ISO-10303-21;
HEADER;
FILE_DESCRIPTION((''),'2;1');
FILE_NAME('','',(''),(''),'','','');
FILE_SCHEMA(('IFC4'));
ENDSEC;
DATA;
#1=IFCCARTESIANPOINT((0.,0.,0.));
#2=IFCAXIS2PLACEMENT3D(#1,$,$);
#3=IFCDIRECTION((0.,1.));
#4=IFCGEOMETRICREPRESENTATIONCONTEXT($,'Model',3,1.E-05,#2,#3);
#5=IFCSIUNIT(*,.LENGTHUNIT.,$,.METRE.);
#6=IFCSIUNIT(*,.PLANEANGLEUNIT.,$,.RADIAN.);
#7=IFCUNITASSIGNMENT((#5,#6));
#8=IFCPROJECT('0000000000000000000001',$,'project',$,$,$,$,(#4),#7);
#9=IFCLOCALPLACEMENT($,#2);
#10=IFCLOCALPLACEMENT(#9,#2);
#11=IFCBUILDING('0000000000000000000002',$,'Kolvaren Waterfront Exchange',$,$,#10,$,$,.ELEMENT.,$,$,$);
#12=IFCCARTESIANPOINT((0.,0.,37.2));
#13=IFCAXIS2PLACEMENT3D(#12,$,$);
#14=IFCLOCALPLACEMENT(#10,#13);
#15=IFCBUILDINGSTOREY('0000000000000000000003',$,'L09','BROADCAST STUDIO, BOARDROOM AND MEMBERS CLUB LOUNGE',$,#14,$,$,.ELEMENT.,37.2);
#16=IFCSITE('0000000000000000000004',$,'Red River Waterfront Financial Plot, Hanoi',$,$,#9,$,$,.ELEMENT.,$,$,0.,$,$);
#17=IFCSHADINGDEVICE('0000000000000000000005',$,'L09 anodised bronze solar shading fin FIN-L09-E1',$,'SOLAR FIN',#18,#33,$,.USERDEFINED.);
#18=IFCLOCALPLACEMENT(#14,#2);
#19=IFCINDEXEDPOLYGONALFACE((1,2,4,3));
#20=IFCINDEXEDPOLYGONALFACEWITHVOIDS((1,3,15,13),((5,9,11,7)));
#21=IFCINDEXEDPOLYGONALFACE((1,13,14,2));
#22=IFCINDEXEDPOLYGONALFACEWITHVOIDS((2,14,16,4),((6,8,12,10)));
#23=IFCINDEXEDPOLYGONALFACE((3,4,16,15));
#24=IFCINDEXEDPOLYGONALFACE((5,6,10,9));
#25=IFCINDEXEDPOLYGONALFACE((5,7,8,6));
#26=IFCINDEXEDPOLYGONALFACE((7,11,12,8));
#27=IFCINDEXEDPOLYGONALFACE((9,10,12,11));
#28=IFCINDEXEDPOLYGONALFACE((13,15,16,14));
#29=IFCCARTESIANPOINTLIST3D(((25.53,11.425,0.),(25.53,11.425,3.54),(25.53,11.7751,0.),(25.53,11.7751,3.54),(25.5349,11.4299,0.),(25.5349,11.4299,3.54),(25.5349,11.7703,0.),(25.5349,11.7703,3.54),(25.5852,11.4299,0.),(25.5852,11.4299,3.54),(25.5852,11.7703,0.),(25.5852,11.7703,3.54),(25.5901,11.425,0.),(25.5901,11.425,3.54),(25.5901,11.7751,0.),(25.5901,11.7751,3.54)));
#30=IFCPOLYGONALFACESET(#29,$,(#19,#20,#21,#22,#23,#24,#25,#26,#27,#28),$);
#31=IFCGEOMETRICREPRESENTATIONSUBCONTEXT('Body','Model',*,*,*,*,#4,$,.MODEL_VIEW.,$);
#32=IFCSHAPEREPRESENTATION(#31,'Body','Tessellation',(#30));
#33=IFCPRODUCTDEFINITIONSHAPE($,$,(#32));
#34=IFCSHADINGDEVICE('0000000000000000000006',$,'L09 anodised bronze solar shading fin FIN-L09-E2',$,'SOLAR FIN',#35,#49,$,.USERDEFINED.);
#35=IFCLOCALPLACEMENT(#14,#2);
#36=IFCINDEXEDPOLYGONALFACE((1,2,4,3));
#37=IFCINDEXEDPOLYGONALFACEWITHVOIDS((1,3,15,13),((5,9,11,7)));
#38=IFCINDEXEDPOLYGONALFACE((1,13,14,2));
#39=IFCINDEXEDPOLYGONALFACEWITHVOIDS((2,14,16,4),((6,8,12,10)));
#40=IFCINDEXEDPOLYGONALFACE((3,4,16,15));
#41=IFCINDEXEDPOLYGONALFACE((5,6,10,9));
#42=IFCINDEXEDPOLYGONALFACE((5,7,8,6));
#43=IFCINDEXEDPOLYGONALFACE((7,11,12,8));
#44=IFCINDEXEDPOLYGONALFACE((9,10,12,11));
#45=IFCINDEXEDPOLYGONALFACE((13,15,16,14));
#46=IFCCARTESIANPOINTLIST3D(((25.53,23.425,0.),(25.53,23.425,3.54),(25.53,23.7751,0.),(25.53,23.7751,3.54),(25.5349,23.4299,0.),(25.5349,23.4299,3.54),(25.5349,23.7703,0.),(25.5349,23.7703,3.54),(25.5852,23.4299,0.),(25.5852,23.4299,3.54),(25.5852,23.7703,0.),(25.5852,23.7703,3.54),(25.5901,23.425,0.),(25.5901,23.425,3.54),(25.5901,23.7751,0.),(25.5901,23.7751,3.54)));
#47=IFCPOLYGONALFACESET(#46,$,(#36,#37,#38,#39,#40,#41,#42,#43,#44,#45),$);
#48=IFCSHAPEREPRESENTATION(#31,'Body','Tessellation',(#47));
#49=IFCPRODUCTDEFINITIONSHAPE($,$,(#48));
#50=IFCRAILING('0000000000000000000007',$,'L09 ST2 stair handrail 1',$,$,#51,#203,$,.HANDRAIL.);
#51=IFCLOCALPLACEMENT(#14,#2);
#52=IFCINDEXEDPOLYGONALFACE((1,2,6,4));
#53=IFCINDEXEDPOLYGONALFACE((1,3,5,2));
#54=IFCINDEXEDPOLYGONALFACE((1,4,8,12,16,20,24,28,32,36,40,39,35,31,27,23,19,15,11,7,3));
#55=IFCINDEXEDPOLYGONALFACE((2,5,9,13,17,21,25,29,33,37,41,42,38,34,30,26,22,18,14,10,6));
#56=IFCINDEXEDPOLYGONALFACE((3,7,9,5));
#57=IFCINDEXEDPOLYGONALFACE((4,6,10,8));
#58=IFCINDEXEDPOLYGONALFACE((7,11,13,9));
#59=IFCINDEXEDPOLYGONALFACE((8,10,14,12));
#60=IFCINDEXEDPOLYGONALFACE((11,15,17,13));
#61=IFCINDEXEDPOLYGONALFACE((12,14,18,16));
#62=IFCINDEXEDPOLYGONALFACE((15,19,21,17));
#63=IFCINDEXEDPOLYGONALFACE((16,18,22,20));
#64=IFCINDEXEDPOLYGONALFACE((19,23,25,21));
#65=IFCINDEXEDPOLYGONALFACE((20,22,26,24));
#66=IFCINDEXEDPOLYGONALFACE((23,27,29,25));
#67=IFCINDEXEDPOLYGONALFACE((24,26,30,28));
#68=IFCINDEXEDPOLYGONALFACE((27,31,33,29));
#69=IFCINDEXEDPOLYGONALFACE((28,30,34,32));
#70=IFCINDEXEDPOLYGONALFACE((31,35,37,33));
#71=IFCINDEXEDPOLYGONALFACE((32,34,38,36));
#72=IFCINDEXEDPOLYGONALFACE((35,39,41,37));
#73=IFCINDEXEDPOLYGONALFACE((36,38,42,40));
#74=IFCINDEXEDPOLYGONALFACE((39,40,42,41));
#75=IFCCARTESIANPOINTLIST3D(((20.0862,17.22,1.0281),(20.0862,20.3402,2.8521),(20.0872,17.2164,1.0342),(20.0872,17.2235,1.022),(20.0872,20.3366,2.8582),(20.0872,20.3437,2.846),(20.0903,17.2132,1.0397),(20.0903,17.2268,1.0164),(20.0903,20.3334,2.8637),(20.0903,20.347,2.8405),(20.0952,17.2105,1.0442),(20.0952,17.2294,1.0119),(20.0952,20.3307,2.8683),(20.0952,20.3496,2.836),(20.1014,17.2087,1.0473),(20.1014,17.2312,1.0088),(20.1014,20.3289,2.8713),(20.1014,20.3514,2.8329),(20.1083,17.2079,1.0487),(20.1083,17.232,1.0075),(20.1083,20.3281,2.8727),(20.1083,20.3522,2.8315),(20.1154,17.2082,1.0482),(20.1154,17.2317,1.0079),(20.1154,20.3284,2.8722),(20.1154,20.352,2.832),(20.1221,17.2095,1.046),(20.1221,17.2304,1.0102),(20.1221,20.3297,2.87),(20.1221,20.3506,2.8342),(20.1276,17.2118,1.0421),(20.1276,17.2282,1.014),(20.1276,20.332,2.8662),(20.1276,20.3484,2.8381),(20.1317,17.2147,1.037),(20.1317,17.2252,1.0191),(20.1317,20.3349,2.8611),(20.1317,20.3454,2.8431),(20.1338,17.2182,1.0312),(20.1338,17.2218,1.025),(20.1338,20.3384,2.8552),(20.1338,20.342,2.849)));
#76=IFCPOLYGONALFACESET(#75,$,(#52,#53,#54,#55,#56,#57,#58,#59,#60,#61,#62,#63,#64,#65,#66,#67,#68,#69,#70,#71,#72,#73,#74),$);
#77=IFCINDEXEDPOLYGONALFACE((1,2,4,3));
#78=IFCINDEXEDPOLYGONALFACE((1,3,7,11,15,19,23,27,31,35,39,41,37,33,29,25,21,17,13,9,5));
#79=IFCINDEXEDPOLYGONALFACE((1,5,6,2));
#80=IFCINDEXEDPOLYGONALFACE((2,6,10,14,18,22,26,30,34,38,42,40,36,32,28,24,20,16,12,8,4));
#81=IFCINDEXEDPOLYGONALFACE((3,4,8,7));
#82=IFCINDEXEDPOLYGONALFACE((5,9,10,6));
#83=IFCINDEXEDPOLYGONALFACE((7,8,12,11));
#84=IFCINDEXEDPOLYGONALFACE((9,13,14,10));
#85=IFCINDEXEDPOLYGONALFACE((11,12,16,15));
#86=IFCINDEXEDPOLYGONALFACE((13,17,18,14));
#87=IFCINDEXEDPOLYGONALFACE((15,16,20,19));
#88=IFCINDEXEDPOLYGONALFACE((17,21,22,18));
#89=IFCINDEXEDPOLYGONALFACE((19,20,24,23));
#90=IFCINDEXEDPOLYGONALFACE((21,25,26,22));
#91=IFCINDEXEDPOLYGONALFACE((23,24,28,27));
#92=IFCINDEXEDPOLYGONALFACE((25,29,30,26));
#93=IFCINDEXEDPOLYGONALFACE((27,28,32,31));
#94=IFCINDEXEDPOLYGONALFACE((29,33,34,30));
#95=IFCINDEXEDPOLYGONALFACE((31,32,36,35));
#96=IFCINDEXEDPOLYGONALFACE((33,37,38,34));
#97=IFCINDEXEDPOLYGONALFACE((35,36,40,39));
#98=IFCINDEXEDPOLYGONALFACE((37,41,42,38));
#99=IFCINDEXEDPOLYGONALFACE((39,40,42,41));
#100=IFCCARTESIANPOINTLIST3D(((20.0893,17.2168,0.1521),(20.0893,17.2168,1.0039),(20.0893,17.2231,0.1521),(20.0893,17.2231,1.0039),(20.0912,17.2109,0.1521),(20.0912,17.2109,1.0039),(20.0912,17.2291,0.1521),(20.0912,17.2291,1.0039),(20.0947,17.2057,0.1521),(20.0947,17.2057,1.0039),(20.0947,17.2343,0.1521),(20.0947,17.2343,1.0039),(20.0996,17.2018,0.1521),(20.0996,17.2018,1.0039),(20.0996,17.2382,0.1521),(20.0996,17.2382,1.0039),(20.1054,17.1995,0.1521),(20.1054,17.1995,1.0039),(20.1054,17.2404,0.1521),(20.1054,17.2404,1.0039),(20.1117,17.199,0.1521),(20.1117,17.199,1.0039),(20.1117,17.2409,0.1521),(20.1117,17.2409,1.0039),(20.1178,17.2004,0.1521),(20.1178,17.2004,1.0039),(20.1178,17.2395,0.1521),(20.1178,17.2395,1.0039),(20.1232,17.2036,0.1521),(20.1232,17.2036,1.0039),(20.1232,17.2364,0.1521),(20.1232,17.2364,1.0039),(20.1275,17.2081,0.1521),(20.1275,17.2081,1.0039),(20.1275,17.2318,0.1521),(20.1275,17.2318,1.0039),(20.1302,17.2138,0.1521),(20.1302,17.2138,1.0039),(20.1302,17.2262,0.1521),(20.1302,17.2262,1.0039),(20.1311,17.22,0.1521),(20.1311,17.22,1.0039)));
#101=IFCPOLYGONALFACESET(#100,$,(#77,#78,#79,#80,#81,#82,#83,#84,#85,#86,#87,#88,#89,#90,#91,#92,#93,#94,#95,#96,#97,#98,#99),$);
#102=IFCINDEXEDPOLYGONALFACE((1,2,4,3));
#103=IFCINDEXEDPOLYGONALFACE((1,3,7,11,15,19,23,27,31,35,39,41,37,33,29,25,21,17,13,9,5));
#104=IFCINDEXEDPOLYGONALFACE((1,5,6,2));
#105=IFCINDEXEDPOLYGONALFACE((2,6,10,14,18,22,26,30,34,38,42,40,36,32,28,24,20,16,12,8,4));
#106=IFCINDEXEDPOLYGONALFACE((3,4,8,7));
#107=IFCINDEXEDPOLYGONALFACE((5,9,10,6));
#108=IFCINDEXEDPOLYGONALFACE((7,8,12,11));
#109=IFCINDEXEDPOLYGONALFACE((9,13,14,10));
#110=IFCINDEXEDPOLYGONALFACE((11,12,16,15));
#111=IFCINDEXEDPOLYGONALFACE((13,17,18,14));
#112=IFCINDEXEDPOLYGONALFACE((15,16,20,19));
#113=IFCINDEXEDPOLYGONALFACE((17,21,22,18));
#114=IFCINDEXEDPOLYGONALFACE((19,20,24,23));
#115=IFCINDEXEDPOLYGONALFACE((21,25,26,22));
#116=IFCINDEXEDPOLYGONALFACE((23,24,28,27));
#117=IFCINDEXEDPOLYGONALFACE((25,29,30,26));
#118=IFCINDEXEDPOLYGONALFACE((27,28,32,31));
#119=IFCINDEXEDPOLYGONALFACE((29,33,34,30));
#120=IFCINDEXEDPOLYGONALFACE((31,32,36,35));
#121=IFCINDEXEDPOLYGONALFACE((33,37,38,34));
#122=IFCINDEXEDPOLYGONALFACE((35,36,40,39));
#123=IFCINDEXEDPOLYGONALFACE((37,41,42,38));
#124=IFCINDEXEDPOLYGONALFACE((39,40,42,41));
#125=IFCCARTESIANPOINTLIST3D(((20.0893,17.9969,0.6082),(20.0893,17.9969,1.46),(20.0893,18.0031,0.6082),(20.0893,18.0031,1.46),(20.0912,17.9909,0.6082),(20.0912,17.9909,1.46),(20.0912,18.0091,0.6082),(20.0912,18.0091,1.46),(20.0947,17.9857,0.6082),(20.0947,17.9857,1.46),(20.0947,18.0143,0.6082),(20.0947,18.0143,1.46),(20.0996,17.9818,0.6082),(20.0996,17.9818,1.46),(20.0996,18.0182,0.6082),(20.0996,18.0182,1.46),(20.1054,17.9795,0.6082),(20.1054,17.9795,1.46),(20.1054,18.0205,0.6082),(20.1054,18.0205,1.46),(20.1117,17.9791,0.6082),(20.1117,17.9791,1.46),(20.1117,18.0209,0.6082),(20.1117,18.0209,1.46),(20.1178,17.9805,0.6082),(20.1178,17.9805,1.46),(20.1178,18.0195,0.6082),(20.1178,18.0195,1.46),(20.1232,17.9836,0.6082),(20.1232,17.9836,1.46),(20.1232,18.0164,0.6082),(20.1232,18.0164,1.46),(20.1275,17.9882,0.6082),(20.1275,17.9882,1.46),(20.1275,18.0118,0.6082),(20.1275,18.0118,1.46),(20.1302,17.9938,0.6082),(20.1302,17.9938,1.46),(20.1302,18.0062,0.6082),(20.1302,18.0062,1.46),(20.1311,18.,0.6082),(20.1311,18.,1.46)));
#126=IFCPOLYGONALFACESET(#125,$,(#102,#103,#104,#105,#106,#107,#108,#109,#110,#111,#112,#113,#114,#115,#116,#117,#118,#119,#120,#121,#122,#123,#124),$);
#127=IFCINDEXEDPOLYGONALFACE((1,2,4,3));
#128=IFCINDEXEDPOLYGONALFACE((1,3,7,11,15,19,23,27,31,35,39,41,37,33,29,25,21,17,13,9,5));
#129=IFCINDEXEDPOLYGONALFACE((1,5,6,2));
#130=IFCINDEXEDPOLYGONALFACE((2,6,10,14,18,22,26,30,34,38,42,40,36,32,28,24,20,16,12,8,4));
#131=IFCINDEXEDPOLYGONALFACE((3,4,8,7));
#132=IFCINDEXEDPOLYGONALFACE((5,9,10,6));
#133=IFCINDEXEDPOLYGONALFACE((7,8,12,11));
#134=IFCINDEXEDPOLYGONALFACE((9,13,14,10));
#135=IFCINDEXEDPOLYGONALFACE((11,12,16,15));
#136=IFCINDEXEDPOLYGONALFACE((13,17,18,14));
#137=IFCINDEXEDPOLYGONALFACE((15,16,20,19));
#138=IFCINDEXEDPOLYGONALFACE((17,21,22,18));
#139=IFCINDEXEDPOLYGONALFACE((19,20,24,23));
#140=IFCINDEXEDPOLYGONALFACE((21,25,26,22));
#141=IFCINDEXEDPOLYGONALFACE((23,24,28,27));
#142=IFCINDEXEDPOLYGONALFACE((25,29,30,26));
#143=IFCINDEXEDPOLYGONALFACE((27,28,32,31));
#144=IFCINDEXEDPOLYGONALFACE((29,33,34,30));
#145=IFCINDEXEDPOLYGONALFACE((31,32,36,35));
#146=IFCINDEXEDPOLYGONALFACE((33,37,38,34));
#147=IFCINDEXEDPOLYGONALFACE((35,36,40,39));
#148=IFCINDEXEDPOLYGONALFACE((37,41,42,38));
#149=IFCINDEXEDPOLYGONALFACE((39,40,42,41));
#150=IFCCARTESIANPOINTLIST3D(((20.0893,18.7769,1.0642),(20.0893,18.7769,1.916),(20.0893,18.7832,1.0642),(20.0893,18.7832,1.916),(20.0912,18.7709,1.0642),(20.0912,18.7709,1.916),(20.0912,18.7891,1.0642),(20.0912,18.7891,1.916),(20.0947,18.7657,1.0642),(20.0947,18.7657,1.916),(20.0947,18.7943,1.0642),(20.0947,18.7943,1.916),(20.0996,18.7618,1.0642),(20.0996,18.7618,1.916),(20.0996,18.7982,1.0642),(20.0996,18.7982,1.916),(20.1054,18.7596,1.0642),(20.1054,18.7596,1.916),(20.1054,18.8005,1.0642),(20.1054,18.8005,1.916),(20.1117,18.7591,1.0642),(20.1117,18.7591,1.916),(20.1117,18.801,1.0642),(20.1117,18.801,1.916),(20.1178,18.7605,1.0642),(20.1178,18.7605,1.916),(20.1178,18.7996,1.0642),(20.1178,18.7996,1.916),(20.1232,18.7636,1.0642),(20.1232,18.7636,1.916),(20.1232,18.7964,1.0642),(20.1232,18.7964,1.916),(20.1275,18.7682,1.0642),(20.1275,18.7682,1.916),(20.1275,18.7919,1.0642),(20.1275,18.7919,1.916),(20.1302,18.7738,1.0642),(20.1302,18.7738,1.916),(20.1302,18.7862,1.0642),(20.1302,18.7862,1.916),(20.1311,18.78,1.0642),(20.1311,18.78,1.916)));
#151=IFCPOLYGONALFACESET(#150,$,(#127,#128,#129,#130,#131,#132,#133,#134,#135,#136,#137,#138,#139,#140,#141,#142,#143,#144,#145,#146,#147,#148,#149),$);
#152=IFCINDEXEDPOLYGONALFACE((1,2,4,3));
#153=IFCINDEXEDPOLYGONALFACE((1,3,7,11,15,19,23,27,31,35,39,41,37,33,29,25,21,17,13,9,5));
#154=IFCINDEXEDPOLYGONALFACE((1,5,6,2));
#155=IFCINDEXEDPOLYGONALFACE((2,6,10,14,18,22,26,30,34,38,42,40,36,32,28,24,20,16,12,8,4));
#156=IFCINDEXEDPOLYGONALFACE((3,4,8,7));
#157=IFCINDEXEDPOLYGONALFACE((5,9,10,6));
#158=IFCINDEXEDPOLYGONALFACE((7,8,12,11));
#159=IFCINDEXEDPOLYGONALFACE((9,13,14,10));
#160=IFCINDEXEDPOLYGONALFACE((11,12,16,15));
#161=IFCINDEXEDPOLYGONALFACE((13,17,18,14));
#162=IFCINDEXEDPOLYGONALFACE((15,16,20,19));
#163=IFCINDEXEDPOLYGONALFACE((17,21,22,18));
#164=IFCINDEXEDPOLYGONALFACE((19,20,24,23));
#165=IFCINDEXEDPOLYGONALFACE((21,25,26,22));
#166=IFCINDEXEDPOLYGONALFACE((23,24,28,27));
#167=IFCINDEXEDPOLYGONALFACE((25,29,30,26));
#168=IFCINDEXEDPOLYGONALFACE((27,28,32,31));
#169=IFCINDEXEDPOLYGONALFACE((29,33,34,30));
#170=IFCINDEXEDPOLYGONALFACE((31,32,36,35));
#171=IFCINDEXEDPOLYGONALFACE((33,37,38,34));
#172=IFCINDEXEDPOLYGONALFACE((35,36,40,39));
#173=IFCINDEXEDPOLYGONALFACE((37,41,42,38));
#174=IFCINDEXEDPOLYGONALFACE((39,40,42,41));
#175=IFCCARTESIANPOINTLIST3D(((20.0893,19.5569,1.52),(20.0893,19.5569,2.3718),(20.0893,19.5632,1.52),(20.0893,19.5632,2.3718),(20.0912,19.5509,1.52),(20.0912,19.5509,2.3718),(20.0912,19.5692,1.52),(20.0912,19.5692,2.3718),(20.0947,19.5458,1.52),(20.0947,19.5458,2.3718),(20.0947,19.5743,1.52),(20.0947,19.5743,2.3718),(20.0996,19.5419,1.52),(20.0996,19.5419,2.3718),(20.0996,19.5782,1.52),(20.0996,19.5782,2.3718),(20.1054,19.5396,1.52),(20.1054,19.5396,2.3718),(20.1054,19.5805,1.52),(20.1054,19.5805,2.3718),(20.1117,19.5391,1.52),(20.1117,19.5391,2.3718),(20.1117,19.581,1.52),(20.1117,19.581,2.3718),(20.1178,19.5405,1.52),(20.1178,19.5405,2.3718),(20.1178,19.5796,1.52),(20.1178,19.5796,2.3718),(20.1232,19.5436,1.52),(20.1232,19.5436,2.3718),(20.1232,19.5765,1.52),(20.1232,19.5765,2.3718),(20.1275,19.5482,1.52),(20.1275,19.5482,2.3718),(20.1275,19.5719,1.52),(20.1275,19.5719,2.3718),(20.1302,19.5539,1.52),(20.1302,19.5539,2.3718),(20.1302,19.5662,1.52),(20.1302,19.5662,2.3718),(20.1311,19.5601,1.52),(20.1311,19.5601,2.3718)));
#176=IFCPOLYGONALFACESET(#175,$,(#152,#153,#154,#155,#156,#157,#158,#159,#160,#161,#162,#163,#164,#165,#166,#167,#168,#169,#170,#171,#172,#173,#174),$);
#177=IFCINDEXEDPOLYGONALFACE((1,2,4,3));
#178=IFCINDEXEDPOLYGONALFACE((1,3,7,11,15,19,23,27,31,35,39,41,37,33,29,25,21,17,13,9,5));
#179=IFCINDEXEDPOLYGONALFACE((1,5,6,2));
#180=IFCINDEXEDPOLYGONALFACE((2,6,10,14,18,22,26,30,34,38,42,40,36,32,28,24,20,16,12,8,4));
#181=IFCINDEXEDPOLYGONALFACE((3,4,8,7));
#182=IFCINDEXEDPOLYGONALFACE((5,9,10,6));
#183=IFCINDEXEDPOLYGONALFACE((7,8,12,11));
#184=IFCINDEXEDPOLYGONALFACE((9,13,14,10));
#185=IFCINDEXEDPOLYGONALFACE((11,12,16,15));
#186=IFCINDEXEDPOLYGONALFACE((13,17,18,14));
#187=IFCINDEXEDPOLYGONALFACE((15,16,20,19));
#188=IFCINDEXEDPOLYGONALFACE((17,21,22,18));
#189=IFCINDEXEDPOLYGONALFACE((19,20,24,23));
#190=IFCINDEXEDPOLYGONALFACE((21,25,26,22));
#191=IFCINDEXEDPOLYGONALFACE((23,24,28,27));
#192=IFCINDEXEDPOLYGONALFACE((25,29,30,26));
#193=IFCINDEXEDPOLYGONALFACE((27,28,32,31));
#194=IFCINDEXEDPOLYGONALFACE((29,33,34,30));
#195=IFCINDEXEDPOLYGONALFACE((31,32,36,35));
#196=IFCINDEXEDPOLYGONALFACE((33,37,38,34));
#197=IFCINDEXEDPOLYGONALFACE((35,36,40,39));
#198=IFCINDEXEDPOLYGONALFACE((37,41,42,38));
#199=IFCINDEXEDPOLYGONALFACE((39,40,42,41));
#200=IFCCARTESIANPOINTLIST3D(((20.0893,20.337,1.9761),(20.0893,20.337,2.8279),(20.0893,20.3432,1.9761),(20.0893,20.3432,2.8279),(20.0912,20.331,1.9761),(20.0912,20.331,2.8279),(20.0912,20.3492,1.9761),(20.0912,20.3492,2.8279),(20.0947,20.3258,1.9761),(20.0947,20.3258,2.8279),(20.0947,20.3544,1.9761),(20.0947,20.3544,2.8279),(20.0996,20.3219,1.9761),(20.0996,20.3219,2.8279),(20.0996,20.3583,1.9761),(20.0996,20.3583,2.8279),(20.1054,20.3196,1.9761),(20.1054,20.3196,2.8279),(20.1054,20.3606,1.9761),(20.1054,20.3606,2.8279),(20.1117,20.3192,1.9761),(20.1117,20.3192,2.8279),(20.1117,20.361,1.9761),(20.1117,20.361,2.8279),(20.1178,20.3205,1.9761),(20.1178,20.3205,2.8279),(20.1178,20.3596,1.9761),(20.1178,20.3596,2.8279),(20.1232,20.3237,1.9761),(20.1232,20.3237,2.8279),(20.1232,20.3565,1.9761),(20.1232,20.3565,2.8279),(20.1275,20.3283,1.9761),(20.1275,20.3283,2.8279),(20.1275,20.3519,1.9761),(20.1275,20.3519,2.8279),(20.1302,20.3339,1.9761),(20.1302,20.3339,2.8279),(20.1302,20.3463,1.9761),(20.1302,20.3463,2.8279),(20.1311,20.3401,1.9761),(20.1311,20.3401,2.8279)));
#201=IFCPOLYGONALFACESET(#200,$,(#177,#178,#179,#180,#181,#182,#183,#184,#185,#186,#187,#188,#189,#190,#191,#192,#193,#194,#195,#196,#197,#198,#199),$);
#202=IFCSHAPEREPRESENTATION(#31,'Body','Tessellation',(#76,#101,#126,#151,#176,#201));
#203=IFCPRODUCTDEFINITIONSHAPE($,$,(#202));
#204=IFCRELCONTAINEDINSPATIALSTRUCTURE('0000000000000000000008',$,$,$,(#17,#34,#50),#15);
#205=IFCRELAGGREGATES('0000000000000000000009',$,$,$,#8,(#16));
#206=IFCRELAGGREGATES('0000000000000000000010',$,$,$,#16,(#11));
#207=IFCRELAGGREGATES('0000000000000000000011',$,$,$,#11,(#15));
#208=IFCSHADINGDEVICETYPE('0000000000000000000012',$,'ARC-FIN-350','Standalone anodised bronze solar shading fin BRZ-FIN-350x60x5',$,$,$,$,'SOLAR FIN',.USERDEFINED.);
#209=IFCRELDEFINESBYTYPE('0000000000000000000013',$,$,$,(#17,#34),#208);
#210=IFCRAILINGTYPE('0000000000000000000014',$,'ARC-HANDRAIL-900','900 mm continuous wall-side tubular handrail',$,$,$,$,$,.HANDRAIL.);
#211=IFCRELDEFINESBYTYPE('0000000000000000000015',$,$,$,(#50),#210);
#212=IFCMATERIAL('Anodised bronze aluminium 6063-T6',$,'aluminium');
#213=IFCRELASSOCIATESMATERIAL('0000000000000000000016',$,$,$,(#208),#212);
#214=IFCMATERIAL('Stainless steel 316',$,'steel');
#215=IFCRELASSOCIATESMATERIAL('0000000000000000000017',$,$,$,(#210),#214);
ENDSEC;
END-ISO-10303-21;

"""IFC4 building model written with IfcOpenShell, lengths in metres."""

from ifc_helpers import new_model, si_unit, direction, frame, origin, origin_2d, place, context, subcontext, project, spatial, hollow_rectangle, circle, extrude, material, material_profile, profile_set, type_object, element, save


model = new_model("IFC4")

# Units and contexts
model_context = context("Model", 3, precision=1e-05, world=origin(), true_north=direction((0.0, 1.0)))
body_context = subcontext(model_context, "Body", "Model", "MODEL_VIEW")
ifc_project = project(units=[si_unit("LENGTHUNIT", "METRE"), si_unit("PLANEANGLEUNIT", "RADIAN")], contexts=[model_context])

# Site, building, storey
site_placement = place(None, origin())
site = spatial("IfcSite", under=ifc_project, at=site_placement, Name="Red River Waterfront Financial Plot, Hanoi", CompositionType="ELEMENT", RefElevation=0.0)
building_placement = place(site_placement, origin())
building = spatial("IfcBuilding", under=site, at=building_placement, Name="Kolvaren Waterfront Exchange", CompositionType="ELEMENT")
storey_placement = place(building_placement, frame((0.0, 0.0, 37.2)))
storey = spatial("IfcBuildingStorey", under=building, at=storey_placement, Name="L09", Description="BROADCAST STUDIO, BOARDROOM AND MEMBERS CLUB LOUNGE", CompositionType="ELEMENT", Elevation=37.2)

# Shading devices
ifc_material_1 = material(Name="Anodised bronze aluminium 6063-T6", Category="aluminium")
ifc_material_profile_1 = material_profile(ifc_material_1, hollow_rectangle(XDim=0.0601, YDim=0.3501, WallThickness=0.0049, at=origin_2d()), Name="BRZ-FIN-350x60x5")
ifc_profile_set_1 = profile_set([ifc_material_profile_1], Name="Anodised bronze aluminium 6063-T6")
shading_device_type = type_object("IfcShadingDeviceType", Name="ARC-FIN-350", Description="Standalone anodised bronze solar shading fin BRZ-FIN-350x60x5", ElementType="SOLAR FIN", PredefinedType="USERDEFINED", material=ifc_profile_set_1)
for number, where, z_axis, x_axis, name in (
    (1, (25.5601, 11.6001, 0.0), (0.0, 0.0, 1.0), (1.0, 0.0, 0.0), "L09 anodised bronze solar shading fin FIN-L09-E1"),
    (2, (25.5601, 23.6001, 0.0), (0.0, 0.0, 1.0), (1.0, 0.0, 0.0), "L09 anodised bronze solar shading fin FIN-L09-E2"),
):
    element("IfcShadingDevice", number, at=place(storey_placement, frame(where, z_axis=z_axis, x_axis=x_axis)), inside=storey, type_object=shading_device_type, Name=name, ObjectType="SOLAR FIN", PredefinedType="USERDEFINED", context=body_context, shape_type="SweptSolid", body=[
        extrude(hollow_rectangle(XDim=0.0601, YDim=0.3501, WallThickness=0.0049, at=origin_2d()), origin(), (0.0, 0.0, 1.0), 3.54),
    ])

# Railing
ifc_material_2 = material(Name="Stainless steel 316", Category="steel")
railing_type = type_object("IfcRailingType", Name="ARC-HANDRAIL-900", Description="900 mm continuous wall-side tubular handrail", PredefinedType="HANDRAIL", material=ifc_material_2)
railing_placement = place(storey_placement, frame((20.1101, 17.22, 0.1521)))
element("IfcRailing", 3, at=railing_placement, inside=storey, type_object=railing_type, Name="L09 ST2 stair handrail 1", PredefinedType="HANDRAIL", context=body_context, shape_type="SweptSolid", body=[
    extrude(circle(Radius=0.0239, at=origin_2d()), frame((0.0, 0.0, 0.876), z_axis=(0.0, 0.863308, 0.504677), x_axis=(-1.0, 0.0, 0.0)), (0.0, 0.0, 1.0), 3.6143),
    extrude(circle(Radius=0.021, at=origin_2d()), origin(), (0.0, 0.0, 1.0), 0.8518),
    extrude(circle(Radius=0.021, at=origin_2d()), frame((0.0, 0.78, 0.4561)), (0.0, 0.0, 1.0), 0.8518),
    extrude(circle(Radius=0.021, at=origin_2d()), frame((0.0, 1.5601, 0.9121)), (0.0, 0.0, 1.0), 0.8518),
    extrude(circle(Radius=0.021, at=origin_2d()), frame((0.0, 2.3401, 1.3679)), (0.0, 0.0, 1.0), 0.8518),
    extrude(circle(Radius=0.021, at=origin_2d()), frame((0.0, 3.1201, 1.824)), (0.0, 0.0, 1.0), 0.8518),
])

save(model, "model.ifc")
